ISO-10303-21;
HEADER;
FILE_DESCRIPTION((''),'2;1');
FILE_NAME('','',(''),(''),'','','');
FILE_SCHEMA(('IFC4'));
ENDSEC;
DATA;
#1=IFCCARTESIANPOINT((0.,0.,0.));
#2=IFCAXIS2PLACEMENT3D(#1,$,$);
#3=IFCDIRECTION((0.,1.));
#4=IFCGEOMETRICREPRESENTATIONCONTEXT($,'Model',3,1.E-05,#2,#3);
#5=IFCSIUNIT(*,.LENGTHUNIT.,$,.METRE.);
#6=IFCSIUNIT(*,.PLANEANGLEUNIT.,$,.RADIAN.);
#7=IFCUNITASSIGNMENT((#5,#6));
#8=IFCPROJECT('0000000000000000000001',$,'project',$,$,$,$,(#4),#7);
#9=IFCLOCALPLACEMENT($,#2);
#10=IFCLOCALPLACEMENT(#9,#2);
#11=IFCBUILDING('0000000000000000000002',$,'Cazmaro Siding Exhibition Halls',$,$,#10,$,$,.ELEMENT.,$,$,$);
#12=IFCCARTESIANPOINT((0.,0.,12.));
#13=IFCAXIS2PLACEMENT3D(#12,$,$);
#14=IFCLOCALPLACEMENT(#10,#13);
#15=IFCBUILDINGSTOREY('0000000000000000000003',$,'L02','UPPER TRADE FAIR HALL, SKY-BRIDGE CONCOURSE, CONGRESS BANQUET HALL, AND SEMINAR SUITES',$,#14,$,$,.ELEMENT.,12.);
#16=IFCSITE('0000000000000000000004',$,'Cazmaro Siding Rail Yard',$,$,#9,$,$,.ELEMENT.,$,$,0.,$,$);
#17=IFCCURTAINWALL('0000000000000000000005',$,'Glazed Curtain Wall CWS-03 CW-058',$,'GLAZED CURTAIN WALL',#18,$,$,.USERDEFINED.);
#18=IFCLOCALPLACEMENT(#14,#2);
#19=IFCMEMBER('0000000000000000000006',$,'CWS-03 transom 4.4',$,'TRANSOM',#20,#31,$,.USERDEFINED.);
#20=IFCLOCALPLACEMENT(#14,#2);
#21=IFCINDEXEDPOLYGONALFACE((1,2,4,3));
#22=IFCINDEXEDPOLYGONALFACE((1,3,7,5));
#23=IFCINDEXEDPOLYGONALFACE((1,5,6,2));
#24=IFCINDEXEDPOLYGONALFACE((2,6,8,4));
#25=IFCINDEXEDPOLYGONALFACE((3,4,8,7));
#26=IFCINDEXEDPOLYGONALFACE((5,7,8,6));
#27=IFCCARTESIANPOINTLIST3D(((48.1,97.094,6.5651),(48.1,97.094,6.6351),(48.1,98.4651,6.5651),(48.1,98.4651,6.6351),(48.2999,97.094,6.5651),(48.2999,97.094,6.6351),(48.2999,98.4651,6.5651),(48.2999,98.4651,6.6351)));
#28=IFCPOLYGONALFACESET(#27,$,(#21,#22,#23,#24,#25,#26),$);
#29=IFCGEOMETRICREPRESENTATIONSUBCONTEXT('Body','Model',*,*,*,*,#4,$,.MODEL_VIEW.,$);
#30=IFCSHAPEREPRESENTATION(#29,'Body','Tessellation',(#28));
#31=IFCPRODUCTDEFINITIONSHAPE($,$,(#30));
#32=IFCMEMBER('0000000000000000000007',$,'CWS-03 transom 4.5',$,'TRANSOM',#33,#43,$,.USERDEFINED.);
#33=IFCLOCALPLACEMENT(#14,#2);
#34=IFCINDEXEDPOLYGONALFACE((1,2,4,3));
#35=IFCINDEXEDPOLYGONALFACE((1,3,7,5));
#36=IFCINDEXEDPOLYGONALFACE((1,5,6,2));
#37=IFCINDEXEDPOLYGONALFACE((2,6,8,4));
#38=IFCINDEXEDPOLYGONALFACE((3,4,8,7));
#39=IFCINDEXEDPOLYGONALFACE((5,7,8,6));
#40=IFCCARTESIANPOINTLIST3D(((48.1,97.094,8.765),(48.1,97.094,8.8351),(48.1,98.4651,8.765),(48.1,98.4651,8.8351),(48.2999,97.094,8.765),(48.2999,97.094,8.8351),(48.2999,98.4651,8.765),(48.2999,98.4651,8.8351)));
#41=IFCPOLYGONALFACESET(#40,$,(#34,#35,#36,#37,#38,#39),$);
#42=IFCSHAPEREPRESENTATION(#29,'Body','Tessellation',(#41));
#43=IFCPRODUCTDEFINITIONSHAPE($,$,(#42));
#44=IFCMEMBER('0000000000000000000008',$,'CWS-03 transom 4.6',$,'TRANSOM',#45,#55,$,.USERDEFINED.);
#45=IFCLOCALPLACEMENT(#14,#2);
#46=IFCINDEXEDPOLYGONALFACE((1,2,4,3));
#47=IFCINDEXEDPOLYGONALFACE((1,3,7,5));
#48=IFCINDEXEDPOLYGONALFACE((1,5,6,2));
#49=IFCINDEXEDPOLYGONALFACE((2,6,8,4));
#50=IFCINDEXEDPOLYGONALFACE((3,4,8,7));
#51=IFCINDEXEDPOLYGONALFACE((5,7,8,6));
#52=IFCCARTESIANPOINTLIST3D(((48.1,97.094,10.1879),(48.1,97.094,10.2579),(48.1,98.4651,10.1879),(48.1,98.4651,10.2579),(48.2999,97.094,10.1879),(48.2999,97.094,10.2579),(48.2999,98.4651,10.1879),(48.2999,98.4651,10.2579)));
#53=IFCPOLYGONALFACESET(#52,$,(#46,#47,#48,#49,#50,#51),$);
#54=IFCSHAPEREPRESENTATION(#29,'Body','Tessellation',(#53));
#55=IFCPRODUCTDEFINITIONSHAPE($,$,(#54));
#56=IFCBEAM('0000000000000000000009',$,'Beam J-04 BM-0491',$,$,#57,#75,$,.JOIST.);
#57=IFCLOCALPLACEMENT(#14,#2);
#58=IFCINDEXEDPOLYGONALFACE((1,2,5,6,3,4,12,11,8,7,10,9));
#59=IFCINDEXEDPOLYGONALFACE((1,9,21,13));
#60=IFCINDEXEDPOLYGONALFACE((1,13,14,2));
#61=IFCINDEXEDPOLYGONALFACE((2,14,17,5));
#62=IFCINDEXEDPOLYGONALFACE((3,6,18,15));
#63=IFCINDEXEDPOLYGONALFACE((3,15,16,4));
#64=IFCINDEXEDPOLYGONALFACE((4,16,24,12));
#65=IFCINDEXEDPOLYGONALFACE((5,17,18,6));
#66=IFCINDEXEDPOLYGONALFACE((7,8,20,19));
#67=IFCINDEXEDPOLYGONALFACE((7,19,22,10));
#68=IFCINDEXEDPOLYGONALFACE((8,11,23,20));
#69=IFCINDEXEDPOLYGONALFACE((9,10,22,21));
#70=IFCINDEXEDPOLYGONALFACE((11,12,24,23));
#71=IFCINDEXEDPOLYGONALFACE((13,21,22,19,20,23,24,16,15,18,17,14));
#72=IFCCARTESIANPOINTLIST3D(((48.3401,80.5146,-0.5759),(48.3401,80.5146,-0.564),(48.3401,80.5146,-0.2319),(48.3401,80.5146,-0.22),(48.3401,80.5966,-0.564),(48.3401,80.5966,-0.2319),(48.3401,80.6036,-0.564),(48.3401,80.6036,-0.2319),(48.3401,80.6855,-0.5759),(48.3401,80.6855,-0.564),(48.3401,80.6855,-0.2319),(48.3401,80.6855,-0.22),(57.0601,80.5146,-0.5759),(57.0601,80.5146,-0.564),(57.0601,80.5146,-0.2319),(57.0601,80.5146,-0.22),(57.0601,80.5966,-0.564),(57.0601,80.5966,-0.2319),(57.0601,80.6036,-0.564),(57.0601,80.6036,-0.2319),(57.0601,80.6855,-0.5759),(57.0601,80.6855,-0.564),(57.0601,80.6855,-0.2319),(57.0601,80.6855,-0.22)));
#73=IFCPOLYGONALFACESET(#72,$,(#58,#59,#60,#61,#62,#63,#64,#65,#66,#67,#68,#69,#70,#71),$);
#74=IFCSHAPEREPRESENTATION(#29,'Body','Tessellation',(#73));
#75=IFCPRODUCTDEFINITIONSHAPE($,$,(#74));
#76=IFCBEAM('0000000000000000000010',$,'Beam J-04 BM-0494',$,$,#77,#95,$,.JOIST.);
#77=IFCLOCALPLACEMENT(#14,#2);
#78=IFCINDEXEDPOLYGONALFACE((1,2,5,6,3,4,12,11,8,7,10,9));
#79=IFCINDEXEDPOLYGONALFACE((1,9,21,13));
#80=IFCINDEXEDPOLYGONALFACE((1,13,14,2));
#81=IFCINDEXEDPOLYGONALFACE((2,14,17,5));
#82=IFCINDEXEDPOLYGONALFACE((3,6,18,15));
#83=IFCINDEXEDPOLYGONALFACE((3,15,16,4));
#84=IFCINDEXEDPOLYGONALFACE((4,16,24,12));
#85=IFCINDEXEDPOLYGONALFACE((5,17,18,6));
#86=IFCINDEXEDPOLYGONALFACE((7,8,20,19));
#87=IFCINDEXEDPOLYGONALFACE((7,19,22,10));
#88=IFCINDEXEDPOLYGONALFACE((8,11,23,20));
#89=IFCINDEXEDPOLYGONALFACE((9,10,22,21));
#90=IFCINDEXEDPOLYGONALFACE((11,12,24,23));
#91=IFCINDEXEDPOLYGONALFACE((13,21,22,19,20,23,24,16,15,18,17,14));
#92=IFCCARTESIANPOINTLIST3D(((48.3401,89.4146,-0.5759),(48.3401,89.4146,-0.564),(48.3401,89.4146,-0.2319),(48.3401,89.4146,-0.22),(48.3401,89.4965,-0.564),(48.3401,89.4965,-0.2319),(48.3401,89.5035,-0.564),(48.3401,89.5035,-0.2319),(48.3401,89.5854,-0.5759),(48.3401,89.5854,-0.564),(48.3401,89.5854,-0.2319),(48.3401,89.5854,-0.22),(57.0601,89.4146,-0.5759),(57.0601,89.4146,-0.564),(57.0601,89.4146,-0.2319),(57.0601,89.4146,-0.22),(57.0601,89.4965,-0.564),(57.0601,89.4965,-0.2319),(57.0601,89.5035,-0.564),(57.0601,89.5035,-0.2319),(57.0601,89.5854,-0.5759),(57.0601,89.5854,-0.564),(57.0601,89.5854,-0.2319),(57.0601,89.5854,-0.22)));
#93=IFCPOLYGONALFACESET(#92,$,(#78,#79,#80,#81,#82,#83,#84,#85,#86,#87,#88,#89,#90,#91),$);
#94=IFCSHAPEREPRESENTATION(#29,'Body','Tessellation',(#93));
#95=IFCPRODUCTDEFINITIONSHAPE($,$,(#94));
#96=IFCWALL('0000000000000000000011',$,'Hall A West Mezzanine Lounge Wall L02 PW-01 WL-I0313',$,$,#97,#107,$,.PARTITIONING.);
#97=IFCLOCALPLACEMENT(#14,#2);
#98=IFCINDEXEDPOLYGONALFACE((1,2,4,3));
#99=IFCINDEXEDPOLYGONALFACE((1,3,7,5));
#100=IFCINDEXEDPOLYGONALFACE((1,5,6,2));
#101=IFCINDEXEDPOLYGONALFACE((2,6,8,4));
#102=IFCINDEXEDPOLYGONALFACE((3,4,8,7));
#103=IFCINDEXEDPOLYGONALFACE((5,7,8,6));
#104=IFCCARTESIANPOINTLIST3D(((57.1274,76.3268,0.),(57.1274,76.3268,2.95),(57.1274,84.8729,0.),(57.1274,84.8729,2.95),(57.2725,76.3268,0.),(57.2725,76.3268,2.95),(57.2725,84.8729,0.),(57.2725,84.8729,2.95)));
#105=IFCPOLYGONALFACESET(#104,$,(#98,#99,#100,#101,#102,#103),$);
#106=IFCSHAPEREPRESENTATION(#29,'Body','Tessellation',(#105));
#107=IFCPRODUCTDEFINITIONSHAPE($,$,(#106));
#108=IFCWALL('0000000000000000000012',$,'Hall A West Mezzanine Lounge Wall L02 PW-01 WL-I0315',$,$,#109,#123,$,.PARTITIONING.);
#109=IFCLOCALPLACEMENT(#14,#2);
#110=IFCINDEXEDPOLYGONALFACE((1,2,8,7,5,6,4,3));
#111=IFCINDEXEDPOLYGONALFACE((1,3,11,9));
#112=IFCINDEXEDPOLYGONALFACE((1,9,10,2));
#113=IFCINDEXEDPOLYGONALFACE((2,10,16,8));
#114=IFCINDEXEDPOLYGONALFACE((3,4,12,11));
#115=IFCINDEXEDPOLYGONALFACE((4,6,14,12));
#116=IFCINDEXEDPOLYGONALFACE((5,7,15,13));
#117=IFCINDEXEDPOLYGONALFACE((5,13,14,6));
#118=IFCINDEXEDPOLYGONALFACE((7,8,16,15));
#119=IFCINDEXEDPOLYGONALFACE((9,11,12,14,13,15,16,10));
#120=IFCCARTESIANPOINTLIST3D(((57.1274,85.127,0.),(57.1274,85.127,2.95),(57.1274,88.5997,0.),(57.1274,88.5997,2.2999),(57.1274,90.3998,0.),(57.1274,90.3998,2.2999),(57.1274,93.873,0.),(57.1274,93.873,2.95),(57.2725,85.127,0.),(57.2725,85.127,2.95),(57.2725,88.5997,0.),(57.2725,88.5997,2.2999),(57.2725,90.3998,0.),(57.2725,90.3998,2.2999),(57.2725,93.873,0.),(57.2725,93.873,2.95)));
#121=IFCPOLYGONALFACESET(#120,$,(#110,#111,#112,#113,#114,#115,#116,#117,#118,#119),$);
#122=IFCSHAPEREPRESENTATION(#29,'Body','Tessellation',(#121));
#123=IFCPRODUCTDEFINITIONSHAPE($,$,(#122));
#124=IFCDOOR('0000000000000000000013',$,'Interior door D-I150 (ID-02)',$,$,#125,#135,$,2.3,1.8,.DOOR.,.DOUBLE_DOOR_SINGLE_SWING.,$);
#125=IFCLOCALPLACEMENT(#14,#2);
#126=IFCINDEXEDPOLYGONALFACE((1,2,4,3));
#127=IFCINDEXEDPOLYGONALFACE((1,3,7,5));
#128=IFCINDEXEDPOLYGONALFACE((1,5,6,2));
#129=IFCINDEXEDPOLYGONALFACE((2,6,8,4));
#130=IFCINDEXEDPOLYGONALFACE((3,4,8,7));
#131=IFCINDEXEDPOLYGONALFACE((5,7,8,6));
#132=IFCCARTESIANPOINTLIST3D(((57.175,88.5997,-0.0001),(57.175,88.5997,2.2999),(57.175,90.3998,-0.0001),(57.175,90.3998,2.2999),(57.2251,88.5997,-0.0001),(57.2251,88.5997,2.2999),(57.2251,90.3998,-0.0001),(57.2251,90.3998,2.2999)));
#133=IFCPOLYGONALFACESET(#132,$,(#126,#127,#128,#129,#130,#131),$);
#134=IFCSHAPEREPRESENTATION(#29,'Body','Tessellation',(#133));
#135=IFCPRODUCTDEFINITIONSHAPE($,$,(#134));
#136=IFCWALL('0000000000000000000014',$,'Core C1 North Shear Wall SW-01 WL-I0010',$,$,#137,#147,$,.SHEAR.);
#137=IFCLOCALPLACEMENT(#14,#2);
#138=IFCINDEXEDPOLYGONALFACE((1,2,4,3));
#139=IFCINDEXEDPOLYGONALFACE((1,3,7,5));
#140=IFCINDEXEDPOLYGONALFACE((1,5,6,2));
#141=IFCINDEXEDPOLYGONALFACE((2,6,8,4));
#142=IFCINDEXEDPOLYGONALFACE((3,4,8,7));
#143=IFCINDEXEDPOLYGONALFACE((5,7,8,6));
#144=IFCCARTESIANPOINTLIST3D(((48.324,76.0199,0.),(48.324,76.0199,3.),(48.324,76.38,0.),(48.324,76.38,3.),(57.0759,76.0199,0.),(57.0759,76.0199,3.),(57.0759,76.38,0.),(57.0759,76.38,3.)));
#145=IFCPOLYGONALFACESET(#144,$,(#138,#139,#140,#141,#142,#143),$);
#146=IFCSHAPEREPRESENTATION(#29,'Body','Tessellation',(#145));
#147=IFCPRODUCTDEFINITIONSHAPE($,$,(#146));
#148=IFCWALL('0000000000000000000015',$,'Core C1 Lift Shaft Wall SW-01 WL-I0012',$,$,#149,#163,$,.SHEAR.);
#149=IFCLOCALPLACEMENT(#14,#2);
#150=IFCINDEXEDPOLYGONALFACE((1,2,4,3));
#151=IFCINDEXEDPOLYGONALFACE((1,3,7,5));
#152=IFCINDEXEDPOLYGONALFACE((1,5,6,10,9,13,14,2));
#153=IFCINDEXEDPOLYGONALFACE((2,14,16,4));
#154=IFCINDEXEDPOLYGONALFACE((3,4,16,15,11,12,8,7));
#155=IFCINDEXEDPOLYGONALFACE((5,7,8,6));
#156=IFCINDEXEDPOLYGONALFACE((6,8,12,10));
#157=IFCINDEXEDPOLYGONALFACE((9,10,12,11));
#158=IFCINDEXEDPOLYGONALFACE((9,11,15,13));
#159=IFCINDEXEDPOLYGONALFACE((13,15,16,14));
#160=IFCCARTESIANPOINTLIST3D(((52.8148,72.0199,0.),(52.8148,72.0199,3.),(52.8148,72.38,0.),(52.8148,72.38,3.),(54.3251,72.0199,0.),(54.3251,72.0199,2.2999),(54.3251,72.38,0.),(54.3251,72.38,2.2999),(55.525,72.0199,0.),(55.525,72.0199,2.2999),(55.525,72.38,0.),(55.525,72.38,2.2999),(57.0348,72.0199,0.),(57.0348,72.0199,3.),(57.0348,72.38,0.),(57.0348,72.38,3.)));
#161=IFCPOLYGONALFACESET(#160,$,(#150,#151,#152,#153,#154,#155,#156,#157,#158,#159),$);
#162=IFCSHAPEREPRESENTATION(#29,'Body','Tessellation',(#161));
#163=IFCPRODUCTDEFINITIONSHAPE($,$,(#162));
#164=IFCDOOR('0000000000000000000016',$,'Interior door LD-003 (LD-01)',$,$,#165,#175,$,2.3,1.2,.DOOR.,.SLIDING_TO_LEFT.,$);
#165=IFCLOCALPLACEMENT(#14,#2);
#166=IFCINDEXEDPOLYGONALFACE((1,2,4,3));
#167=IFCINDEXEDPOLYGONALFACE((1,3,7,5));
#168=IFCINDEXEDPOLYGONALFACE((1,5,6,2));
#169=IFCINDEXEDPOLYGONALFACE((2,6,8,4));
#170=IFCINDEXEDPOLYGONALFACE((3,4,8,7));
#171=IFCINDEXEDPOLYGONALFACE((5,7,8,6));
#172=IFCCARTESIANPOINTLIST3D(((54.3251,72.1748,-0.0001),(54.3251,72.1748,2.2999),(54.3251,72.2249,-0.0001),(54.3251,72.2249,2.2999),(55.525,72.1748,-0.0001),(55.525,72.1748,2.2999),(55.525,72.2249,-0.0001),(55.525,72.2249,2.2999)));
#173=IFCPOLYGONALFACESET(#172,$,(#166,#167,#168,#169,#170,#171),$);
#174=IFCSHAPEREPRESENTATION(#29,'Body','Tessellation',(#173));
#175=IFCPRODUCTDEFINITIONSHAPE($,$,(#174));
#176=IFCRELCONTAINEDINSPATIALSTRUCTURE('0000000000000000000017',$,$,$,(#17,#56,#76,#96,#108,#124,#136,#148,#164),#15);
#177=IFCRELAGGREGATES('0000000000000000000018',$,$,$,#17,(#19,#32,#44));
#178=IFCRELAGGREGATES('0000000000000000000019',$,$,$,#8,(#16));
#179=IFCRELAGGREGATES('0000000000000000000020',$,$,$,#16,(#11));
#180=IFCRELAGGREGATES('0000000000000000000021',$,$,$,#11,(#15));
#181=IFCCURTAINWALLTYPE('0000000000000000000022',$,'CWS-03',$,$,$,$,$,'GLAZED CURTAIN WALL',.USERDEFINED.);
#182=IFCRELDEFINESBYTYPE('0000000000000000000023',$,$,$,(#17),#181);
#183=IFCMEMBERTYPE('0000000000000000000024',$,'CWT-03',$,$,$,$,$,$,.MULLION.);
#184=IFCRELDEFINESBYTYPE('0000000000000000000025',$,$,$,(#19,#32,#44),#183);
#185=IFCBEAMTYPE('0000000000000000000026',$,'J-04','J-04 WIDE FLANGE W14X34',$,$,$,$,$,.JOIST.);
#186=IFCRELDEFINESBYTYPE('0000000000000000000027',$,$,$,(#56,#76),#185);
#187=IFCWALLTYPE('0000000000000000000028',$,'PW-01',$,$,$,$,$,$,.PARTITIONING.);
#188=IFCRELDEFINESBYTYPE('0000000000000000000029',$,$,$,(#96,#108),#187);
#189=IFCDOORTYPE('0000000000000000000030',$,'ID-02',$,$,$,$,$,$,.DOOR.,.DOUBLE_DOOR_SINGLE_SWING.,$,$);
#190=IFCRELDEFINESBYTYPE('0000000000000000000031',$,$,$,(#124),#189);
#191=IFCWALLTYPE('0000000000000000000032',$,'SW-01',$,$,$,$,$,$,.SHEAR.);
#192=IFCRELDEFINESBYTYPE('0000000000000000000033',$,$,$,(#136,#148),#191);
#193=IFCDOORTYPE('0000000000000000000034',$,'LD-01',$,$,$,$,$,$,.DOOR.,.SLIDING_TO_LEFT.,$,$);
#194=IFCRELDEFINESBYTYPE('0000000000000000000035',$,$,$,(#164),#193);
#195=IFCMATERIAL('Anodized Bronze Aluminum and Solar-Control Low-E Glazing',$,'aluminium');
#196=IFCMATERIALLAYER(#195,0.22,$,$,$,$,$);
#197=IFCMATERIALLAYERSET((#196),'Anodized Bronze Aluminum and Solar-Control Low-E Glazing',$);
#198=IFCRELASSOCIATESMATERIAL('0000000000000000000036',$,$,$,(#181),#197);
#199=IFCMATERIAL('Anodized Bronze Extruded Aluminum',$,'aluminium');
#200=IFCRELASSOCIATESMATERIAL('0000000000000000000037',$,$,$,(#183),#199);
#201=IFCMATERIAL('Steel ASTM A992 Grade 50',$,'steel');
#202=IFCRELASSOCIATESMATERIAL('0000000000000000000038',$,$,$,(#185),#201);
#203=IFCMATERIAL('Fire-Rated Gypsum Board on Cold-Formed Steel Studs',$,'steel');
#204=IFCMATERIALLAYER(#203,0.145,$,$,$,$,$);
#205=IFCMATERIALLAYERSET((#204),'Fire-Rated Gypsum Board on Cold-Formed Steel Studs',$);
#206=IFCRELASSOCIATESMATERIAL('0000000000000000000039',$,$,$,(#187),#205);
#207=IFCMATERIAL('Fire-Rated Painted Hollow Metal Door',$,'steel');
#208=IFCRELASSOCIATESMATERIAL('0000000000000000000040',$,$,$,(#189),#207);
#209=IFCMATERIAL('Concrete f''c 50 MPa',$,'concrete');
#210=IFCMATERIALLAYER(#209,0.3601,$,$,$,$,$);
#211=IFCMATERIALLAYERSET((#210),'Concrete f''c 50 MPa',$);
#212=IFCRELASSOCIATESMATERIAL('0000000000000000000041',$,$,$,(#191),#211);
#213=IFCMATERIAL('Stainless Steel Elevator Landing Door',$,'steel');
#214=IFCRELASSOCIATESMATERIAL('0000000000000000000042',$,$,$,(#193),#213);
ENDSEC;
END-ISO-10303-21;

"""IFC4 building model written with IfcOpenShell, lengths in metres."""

from ifc_helpers import new_model, si_unit, direction, frame, frame_2d, origin, origin_2d, place, context, subcontext, project, spatial, rectangle, i_section, extrude, material, layer, layer_set, material_profile, profile_set, type_object, element, fill, aggregate, save


model = new_model("IFC4")

# Units and contexts
model_context = context("Model", 3, precision=1e-05, world=origin(), true_north=direction((0.0, 1.0)))
body_context = subcontext(model_context, "Body", "Model", "MODEL_VIEW")
ifc_project = project(units=[si_unit("LENGTHUNIT", "METRE"), si_unit("PLANEANGLEUNIT", "RADIAN")], contexts=[model_context])

# Site, building, storey
site_placement = place(None, origin())
site = spatial("IfcSite", under=ifc_project, at=site_placement, Name="Cazmaro Siding Rail Yard", CompositionType="ELEMENT", RefElevation=0.0)
building_placement = place(site_placement, origin())
building = spatial("IfcBuilding", under=site, at=building_placement, Name="Cazmaro Siding Exhibition Halls", CompositionType="ELEMENT")
storey_placement = place(building_placement, frame((0.0, 0.0, 12.0)))
storey = spatial("IfcBuildingStorey", under=building, at=storey_placement, Name="L02", Description="UPPER TRADE FAIR HALL, SKY-BRIDGE CONCOURSE, CONGRESS BANQUET HALL, AND SEMINAR SUITES", CompositionType="ELEMENT", Elevation=12.0)

# Curtain wall, members
ifc_material_1 = material(Name="Anodized Bronze Aluminum and Solar-Control Low-E Glazing", Category="aluminium")
ifc_layer_1 = layer(ifc_material_1, 0.22)
ifc_layer_set_1 = layer_set([ifc_layer_1], Name="Anodized Bronze Aluminum and Solar-Control Low-E Glazing")
curtain_wall_type = type_object("IfcCurtainWallType", Name="CWS-03", ElementType="GLAZED CURTAIN WALL", PredefinedType="USERDEFINED", material=ifc_layer_set_1)
curtain_wall_placement = place(storey_placement, origin())
curtain_wall = element("IfcCurtainWall", 1, at=curtain_wall_placement, inside=storey, type_object=curtain_wall_type, Name="Glazed Curtain Wall CWS-03 CW-058", ObjectType="GLAZED CURTAIN WALL", PredefinedType="USERDEFINED")
ifc_material_2 = material(Name="Anodized Bronze Extruded Aluminum", Category="aluminium")
ifc_material_profile_1 = material_profile(ifc_material_2, rectangle(XDim=0.2, YDim=0.0701, at=origin_2d()), Name="CWT-03")
ifc_profile_set_1 = profile_set([ifc_material_profile_1], Name="Anodized Bronze Extruded Aluminum")
member_type_1 = type_object("IfcMemberType", Name="CWT-03", PredefinedType="MULLION", material=ifc_profile_set_1)
member_1_placement = place(storey_placement, frame((48.2, 98.4651, 6.6001), z_axis=(0.0, -1.0, 0.0), x_axis=(1.0, 0.0, 0.0)))
member_1 = element("IfcMember", 2, at=member_1_placement, type_object=member_type_1, Name="CWS-03 transom 4.4", ObjectType="TRANSOM", PredefinedType="USERDEFINED", context=body_context, shape_type="SweptSolid", body=[
    extrude(rectangle(XDim=0.2, YDim=0.0701, at=origin_2d()), origin(), (0.0, 0.0, 1.0), 1.3711),
])
member_2_placement = place(storey_placement, frame((48.2, 98.4651, 8.8), z_axis=(0.0, -1.0, 0.0), x_axis=(1.0, 0.0, 0.0)))
member_2 = element("IfcMember", 3, at=member_2_placement, type_object=member_type_1, Name="CWS-03 transom 4.5", ObjectType="TRANSOM", PredefinedType="USERDEFINED", context=body_context, shape_type="SweptSolid", body=[
    extrude(rectangle(XDim=0.2, YDim=0.0701, at=origin_2d()), origin(), (0.0, 0.0, 1.0), 1.3711),
])
member_3_placement = place(storey_placement, frame((48.2, 98.4651, 10.2229), z_axis=(0.0, -1.0, 0.0), x_axis=(1.0, 0.0, 0.0)))
member_3 = element("IfcMember", 4, at=member_3_placement, type_object=member_type_1, Name="CWS-03 transom 4.6", ObjectType="TRANSOM", PredefinedType="USERDEFINED", context=body_context, shape_type="SweptSolid", body=[
    extrude(rectangle(XDim=0.2, YDim=0.0701, at=origin_2d()), origin(), (0.0, 0.0, 1.0), 1.3711),
])
aggregate(curtain_wall, [member_1, member_2, member_3])

# Beams
ifc_material_3 = material(Name="Steel ASTM A992 Grade 50", Category="steel")
ifc_material_profile_2 = material_profile(ifc_material_3, i_section(OverallWidth=0.1709, OverallDepth=0.356, WebThickness=0.0071, FlangeThickness=0.012, at=origin_2d()), Name="W14X34")
ifc_profile_set_2 = profile_set([ifc_material_profile_2], Name="Steel ASTM A992 Grade 50")
beam_type_1 = type_object("IfcBeamType", Name="J-04", Description="J-04 WIDE FLANGE W14X34", PredefinedType="JOIST", material=ifc_profile_set_2)
for number, where, z_axis, x_axis, name in (
    (5, (48.3401, 80.6001, -0.3979), (1.0, 0.0, 0.0), (0.0, 1.0, 0.0), "Beam J-04 BM-0491"),
    (6, (48.3401, 89.5, -0.3979), (1.0, 0.0, 0.0), (0.0, 1.0, 0.0), "Beam J-04 BM-0494"),
):
    element("IfcBeam", number, at=place(storey_placement, frame(where, z_axis=z_axis, x_axis=x_axis)), inside=storey, type_object=beam_type_1, Name=name, PredefinedType="JOIST", context=body_context, shape_type="SweptSolid", body=[
        extrude(i_section(OverallWidth=0.1709, OverallDepth=0.356, WebThickness=0.0071, FlangeThickness=0.012, at=origin_2d()), origin(), (0.0, 0.0, 1.0), 8.72),
    ])

# Wall
ifc_material_4 = material(Name="Fire-Rated Gypsum Board on Cold-Formed Steel Studs", Category="steel")
ifc_layer_2 = layer(ifc_material_4, 0.145)
ifc_layer_set_2 = layer_set([ifc_layer_2], Name="Fire-Rated Gypsum Board on Cold-Formed Steel Studs")
wall_type_1 = type_object("IfcWallType", Name="PW-01", PredefinedType="PARTITIONING", material=ifc_layer_set_2)
wall_1_placement = place(storey_placement, frame((57.2, 76.3269, 0.0), z_axis=(0.0, 0.0, 1.0), x_axis=(0.0, 1.0, 0.0)))
element("IfcWall", 7, at=wall_1_placement, inside=storey, type_object=wall_type_1, Name="Hall A West Mezzanine Lounge Wall L02 PW-01 WL-I0313", PredefinedType="PARTITIONING", context=body_context, shape_type="SweptSolid", body=[
    extrude(rectangle(XDim=8.5461, YDim=0.145, at=frame_2d((4.2729, 0.0))), origin(), (0.0, 0.0, 1.0), 2.95),
])

# Wall, opening, door
wall_2_placement = place(storey_placement, frame((57.2, 85.127, 0.0), z_axis=(0.0, 0.0, 1.0), x_axis=(0.0, 1.0, 0.0)))
wall_2 = element("IfcWall", 8, at=wall_2_placement, inside=storey, type_object=wall_type_1, Name="Hall A West Mezzanine Lounge Wall L02 PW-01 WL-I0315", PredefinedType="PARTITIONING", context=body_context, shape_type="SweptSolid", body=[
    extrude(rectangle(XDim=8.7461, YDim=0.145, at=frame_2d((4.373, 0.0))), origin(), (0.0, 0.0, 1.0), 2.95),
])
opening_1_placement = place(wall_2_placement, frame((3.4729, 0.0, 0.0)))
opening_1 = element("IfcOpeningElement", 9, at=opening_1_placement, cuts=wall_2, PredefinedType="OPENING", context=body_context, shape_type="SweptSolid", body=[
    extrude(rectangle(XDim=1.8, YDim=2.3, at=frame_2d((0.8999, 1.1499))), frame((0.0, 0.0825, 0.0), z_axis=(0.0, -1.0, 0.0), x_axis=(1.0, 0.0, 0.0)), (0.0, 0.0, 1.0), 0.165),
])
ifc_material_5 = material(Name="Fire-Rated Painted Hollow Metal Door", Category="steel")
door_type_1 = type_object("IfcDoorType", Name="ID-02", OperationType="DOUBLE_DOOR_SINGLE_SWING", PredefinedType="DOOR", material=ifc_material_5)
door_1_placement = place(opening_1_placement, origin())
door_1 = element("IfcDoor", 10, at=door_1_placement, inside=storey, type_object=door_type_1, Name="Interior door D-I150 (ID-02)", OperationType="DOUBLE_DOOR_SINGLE_SWING", OverallHeight=2.3, OverallWidth=1.8, PredefinedType="DOOR", context=body_context, shape_type="SweptSolid", body=[
    extrude(rectangle(XDim=1.8, YDim=2.3, at=frame_2d((0.8999, 1.1499))), frame((0.0, 0.0249, 0.0), z_axis=(0.0, -1.0, 0.0), x_axis=(1.0, 0.0, 0.0)), (0.0, 0.0, 1.0), 0.05),
])
fill(opening_1, door_1)

# Wall
ifc_material_6 = material(Name="Concrete f'c 50 MPa", Category="concrete")
ifc_layer_3 = layer(ifc_material_6, 0.3601)
ifc_layer_set_3 = layer_set([ifc_layer_3], Name="Concrete f'c 50 MPa")
wall_type_2 = type_object("IfcWallType", Name="SW-01", PredefinedType="SHEAR", material=ifc_layer_set_3)
wall_3_placement = place(storey_placement, frame((48.324, 76.2, 0.0), z_axis=(0.0, 0.0, 1.0), x_axis=(1.0, 0.0, 0.0)))
element("IfcWall", 11, at=wall_3_placement, inside=storey, type_object=wall_type_2, Name="Core C1 North Shear Wall SW-01 WL-I0010", PredefinedType="SHEAR", context=body_context, shape_type="SweptSolid", body=[
    extrude(rectangle(XDim=8.752, YDim=0.3601, at=frame_2d((4.376, 0.0))), origin(), (0.0, 0.0, 1.0), 3.0),
])

# Wall, opening, door
wall_4_placement = place(storey_placement, frame((52.8149, 72.2, 0.0), z_axis=(0.0, 0.0, 1.0), x_axis=(1.0, 0.0, 0.0)))
wall_4 = element("IfcWall", 12, at=wall_4_placement, inside=storey, type_object=wall_type_2, Name="Core C1 Lift Shaft Wall SW-01 WL-I0012", PredefinedType="SHEAR", context=body_context, shape_type="SweptSolid", body=[
    extrude(rectangle(XDim=4.22, YDim=0.3601, at=frame_2d((2.1099, 0.0))), origin(), (0.0, 0.0, 1.0), 3.0),
])
opening_2_placement = place(wall_4_placement, frame((1.51, 0.0, 0.0)))
opening_2 = element("IfcOpeningElement", 13, at=opening_2_placement, cuts=wall_4, PredefinedType="OPENING", context=body_context, shape_type="SweptSolid", body=[
    extrude(rectangle(XDim=1.2, YDim=2.3, at=frame_2d((0.6001, 1.1499))), frame((0.0, 0.1899, 0.0), z_axis=(0.0, -1.0, 0.0), x_axis=(1.0, 0.0, 0.0)), (0.0, 0.0, 1.0), 0.3801),
])
ifc_material_7 = material(Name="Stainless Steel Elevator Landing Door", Category="steel")
door_type_2 = type_object("IfcDoorType", Name="LD-01", OperationType="SLIDING_TO_LEFT", PredefinedType="DOOR", material=ifc_material_7)
door_2_placement = place(opening_2_placement, origin())
door_2 = element("IfcDoor", 14, at=door_2_placement, inside=storey, type_object=door_type_2, Name="Interior door LD-003 (LD-01)", OperationType="SLIDING_TO_LEFT", OverallHeight=2.3, OverallWidth=1.2, PredefinedType="DOOR", context=body_context, shape_type="SweptSolid", body=[
    extrude(rectangle(XDim=1.2, YDim=2.3, at=frame_2d((0.6001, 1.1499))), frame((0.0, 0.0249, 0.0), z_axis=(0.0, -1.0, 0.0), x_axis=(1.0, 0.0, 0.0)), (0.0, 0.0, 1.0), 0.05),
])
fill(opening_2, door_2)

save(model, "model.ifc")
